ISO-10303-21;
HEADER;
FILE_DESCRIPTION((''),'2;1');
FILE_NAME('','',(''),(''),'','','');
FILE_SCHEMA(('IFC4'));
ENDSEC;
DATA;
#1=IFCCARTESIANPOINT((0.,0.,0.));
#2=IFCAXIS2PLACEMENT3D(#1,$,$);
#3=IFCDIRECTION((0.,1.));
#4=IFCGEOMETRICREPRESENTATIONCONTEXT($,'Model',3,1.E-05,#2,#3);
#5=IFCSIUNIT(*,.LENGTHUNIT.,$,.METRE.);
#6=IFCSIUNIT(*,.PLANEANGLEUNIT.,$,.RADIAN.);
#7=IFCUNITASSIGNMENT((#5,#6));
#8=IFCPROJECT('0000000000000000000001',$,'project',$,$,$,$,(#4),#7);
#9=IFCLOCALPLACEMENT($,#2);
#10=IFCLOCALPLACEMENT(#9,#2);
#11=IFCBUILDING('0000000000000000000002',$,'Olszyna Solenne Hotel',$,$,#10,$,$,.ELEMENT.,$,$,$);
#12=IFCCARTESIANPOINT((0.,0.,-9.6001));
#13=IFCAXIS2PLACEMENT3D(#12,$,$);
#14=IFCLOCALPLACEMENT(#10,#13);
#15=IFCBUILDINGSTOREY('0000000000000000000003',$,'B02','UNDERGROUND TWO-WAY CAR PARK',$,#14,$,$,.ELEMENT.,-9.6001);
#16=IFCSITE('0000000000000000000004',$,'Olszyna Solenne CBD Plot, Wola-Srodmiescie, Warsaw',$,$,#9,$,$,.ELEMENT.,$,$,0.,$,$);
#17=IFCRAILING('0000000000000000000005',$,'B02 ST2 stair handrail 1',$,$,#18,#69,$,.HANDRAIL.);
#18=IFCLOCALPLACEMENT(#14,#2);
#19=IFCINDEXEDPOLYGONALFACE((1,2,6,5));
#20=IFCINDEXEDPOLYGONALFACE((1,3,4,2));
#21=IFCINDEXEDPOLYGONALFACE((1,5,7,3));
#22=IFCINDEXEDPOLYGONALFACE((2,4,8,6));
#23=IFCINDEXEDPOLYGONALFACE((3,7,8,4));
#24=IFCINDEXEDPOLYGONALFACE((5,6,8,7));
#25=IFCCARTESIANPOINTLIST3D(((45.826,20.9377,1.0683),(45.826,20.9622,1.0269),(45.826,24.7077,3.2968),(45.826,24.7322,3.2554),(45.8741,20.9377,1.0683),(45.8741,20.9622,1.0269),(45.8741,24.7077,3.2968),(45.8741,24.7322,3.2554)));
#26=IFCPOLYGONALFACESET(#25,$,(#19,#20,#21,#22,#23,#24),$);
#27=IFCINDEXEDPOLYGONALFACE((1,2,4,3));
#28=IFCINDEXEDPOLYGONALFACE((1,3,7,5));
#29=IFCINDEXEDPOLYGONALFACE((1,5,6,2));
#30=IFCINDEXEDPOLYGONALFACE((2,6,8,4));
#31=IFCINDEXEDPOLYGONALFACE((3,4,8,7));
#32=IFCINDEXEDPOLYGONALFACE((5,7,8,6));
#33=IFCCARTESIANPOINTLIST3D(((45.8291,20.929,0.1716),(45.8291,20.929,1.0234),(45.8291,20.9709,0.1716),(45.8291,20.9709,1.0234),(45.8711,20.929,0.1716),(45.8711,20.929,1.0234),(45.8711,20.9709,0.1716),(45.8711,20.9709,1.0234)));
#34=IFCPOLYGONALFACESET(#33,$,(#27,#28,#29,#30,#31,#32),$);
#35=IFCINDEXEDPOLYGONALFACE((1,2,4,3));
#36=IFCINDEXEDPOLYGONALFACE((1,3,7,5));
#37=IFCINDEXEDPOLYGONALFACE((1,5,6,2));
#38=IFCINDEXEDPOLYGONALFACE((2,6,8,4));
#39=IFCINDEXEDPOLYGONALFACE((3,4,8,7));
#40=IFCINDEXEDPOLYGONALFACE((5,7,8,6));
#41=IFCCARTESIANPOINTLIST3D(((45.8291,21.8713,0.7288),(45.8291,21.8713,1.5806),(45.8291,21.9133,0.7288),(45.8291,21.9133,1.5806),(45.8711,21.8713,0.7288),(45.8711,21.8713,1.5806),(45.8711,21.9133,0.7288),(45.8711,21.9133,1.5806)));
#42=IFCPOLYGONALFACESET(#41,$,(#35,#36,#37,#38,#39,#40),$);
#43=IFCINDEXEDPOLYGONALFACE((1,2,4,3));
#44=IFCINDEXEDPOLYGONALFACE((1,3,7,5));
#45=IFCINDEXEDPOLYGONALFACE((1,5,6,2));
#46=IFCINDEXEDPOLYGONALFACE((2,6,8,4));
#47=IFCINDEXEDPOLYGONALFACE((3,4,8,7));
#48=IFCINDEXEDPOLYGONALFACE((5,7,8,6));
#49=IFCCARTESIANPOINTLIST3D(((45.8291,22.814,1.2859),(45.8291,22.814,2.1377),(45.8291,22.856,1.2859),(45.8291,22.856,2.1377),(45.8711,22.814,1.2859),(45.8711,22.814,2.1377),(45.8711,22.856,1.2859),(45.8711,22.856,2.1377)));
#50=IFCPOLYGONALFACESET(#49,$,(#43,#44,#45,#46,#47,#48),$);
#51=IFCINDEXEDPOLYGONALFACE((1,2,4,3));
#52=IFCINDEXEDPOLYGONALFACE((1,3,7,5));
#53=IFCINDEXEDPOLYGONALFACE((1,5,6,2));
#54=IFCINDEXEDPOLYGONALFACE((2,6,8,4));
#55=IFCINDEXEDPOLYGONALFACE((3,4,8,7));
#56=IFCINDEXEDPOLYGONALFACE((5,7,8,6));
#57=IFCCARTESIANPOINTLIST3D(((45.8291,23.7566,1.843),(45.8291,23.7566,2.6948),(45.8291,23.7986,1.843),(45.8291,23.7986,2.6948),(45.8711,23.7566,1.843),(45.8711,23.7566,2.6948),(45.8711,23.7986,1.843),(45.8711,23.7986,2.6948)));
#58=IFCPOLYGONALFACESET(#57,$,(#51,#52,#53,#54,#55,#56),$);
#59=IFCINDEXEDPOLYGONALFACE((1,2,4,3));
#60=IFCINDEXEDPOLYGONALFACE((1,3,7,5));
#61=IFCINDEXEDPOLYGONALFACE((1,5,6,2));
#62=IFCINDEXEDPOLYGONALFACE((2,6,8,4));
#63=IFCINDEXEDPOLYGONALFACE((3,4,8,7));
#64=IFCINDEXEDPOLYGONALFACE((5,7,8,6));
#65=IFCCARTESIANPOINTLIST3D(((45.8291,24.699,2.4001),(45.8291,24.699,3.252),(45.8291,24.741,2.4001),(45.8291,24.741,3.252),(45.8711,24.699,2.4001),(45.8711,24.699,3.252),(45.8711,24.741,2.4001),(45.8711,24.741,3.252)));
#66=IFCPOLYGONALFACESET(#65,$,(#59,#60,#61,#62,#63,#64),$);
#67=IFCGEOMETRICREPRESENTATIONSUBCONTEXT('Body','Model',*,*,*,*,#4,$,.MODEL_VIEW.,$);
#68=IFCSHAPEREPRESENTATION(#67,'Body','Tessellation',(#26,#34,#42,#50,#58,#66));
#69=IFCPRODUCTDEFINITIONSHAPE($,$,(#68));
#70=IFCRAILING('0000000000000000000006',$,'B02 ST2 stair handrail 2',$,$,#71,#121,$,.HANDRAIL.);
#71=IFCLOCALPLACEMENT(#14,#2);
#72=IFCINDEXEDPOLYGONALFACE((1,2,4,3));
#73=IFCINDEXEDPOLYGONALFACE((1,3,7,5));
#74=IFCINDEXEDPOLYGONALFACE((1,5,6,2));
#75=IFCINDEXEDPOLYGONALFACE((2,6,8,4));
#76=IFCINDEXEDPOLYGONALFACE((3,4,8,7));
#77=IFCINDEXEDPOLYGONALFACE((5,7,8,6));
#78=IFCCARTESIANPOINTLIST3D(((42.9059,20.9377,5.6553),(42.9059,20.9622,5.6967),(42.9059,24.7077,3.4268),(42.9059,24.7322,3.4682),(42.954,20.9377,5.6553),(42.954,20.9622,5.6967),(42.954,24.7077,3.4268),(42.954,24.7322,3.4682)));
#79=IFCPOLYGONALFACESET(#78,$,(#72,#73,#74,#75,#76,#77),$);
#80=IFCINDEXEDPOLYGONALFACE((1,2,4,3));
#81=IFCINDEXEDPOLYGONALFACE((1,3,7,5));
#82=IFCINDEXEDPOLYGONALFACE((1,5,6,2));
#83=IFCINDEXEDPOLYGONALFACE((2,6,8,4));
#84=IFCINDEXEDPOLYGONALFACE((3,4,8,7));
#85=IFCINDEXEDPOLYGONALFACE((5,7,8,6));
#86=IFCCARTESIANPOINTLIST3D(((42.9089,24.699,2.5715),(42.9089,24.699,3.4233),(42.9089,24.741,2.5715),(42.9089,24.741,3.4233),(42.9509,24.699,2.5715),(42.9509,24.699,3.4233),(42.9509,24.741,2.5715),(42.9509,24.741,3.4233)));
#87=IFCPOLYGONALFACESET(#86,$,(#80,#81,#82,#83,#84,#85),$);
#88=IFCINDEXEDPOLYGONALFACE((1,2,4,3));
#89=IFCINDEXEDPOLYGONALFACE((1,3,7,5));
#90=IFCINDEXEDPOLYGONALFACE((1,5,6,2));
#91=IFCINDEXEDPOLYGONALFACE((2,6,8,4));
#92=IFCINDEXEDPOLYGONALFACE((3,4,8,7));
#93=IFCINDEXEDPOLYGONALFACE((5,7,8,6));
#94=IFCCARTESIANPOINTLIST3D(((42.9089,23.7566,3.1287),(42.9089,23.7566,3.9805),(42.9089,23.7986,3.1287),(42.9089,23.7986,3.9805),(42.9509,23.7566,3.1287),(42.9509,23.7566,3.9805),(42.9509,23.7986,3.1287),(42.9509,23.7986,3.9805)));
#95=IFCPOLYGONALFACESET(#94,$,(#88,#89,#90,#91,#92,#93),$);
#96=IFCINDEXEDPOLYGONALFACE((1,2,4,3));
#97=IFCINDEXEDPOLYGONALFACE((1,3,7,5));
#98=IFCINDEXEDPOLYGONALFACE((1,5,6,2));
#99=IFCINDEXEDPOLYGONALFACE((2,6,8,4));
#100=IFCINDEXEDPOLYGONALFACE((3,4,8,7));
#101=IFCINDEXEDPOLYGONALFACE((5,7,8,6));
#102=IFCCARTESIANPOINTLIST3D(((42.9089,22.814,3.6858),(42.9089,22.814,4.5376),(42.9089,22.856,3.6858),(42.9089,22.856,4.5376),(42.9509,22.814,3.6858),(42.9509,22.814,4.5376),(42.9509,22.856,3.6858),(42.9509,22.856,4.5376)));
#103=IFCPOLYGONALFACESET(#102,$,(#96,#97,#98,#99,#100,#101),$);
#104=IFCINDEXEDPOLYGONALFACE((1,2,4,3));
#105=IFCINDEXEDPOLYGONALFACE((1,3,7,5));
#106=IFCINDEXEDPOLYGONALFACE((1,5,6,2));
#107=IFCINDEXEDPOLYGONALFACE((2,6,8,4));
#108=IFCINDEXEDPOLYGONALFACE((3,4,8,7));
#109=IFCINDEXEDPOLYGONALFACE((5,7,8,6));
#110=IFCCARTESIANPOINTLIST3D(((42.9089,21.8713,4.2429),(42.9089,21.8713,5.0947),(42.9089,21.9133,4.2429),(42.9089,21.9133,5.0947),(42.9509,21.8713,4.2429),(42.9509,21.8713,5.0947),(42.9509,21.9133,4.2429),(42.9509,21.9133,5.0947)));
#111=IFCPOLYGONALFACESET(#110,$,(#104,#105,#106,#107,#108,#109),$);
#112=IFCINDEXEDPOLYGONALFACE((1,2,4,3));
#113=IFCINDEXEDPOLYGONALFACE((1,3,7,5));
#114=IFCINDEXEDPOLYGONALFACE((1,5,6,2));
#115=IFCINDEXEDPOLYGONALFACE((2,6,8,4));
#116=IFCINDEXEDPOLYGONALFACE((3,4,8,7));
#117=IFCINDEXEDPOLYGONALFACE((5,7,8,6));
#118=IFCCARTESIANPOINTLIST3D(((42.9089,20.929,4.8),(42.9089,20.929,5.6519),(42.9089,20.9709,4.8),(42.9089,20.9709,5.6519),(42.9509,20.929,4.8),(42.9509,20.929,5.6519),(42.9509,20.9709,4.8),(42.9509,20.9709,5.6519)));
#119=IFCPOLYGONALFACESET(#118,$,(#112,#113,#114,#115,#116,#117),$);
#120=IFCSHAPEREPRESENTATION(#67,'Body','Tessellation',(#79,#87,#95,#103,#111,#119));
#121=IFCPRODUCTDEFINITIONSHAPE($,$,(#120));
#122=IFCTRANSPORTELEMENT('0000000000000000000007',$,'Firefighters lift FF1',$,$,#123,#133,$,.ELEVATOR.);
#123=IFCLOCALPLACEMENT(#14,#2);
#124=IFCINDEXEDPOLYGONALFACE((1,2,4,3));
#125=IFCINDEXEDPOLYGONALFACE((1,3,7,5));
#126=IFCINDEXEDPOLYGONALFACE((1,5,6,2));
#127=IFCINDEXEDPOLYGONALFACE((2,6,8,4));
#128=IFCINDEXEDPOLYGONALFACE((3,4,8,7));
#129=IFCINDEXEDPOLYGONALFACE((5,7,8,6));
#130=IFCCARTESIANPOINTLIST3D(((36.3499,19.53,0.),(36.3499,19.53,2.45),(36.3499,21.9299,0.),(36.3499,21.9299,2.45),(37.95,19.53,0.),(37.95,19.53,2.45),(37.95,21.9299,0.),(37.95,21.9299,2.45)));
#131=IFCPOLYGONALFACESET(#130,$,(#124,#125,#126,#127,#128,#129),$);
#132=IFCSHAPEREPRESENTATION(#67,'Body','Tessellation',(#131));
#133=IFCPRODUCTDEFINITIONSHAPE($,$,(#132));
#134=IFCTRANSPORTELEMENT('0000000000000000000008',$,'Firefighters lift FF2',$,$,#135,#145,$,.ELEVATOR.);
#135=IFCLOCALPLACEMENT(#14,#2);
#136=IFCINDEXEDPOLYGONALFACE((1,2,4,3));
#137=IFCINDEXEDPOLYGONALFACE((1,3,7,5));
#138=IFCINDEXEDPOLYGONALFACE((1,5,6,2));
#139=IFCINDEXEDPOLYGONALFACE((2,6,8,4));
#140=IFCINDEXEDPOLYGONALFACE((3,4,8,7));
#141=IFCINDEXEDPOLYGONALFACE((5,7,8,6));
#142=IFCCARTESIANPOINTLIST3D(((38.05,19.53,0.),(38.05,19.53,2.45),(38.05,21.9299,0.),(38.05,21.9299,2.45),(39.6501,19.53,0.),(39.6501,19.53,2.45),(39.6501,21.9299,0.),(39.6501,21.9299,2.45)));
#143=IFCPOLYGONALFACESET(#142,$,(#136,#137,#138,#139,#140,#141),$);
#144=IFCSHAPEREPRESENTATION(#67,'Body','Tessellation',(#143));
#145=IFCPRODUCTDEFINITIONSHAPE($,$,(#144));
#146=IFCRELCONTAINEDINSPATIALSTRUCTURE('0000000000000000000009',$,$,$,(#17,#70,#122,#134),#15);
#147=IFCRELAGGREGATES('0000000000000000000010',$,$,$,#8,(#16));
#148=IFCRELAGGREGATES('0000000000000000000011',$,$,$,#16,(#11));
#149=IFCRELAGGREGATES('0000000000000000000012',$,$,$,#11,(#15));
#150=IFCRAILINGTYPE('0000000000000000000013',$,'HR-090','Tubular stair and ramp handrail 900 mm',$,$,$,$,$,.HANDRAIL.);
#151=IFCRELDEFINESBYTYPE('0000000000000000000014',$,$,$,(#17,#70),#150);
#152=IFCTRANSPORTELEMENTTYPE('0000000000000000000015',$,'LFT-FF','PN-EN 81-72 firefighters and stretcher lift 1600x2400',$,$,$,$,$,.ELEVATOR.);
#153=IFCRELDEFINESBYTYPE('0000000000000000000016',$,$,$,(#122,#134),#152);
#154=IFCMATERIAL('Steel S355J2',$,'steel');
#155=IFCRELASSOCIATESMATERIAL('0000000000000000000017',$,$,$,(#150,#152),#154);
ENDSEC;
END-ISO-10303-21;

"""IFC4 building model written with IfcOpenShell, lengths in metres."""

from ifc_helpers import new_model, si_unit, direction, frame, origin, origin_2d, place, context, subcontext, project, spatial, rectangle, extrude, source, transform, mapped, material, type_object, element, save


model = new_model("IFC4")

# Units and contexts
model_context = context("Model", 3, precision=1e-05, world=origin(), true_north=direction((0.0, 1.0)))
body_context = subcontext(model_context, "Body", "Model", "MODEL_VIEW")
ifc_project = project(units=[si_unit("LENGTHUNIT", "METRE"), si_unit("PLANEANGLEUNIT", "RADIAN")], contexts=[model_context])

# Site, building, storey
site_placement = place(None, origin())
site = spatial("IfcSite", under=ifc_project, at=site_placement, Name="Olszyna Solenne CBD Plot, Wola-Srodmiescie, Warsaw", CompositionType="ELEMENT", RefElevation=0.0)
building_placement = place(site_placement, origin())
building = spatial("IfcBuilding", under=site, at=building_placement, Name="Olszyna Solenne Hotel", CompositionType="ELEMENT")
storey_placement = place(building_placement, frame((0.0, 0.0, -9.6001)))
storey = spatial("IfcBuildingStorey", under=building, at=storey_placement, Name="B02", Description="UNDERGROUND TWO-WAY CAR PARK", CompositionType="ELEMENT", Elevation=-9.6001)

# Shared definitions
ifc_material_1 = material(Name="Steel S355J2", Category="steel")

# Railings
railing_type_1 = type_object("IfcRailingType", Name="HR-090", Description="Tubular stair and ramp handrail 900 mm", PredefinedType="HANDRAIL", material=ifc_material_1)
for number, where, name in (
    (1, (45.8501, 20.95, 0.1716), "B02 ST2 stair handrail 1"),
):
    element("IfcRailing", number, at=place(storey_placement, frame(where)), inside=storey, type_object=railing_type_1, Name=name, PredefinedType="HANDRAIL", context=body_context, shape_type="SweptSolid", body=[
        extrude(rectangle(XDim=0.0481, YDim=0.0481, at=origin_2d()), frame((0.0, 0.0, 0.876), z_axis=(0.0, 0.860849, 0.508861), x_axis=(-1.0, 0.0, 0.0)), (0.0, 0.0, 1.0), 4.3794),
        extrude(rectangle(XDim=0.042, YDim=0.042, at=origin_2d()), origin(), (0.0, 0.0, 1.0), 0.8518),
        extrude(rectangle(XDim=0.042, YDim=0.042, at=origin_2d()), frame((0.0, 0.9424, 0.5571)), (0.0, 0.0, 1.0), 0.8518),
        extrude(rectangle(XDim=0.042, YDim=0.042, at=origin_2d()), frame((0.0, 1.885, 1.1143)), (0.0, 0.0, 1.0), 0.8518),
        extrude(rectangle(XDim=0.042, YDim=0.042, at=origin_2d()), frame((0.0, 2.8276, 1.6714)), (0.0, 0.0, 1.0), 0.8518),
        extrude(rectangle(XDim=0.042, YDim=0.042, at=origin_2d()), frame((0.0, 3.77, 2.2285)), (0.0, 0.0, 1.0), 0.8518),
    ])
railing_1_placement = place(storey_placement, frame((42.9299, 24.72, 2.5715)))
element("IfcRailing", 2, at=railing_1_placement, inside=storey, type_object=railing_type_1, Name="B02 ST2 stair handrail 2", PredefinedType="HANDRAIL", context=body_context, shape_type="SweptSolid", body=[
    extrude(rectangle(XDim=0.0481, YDim=0.0481, at=origin_2d()), frame((0.0, 0.0, 0.876), z_axis=(0.0, -0.860849, 0.508861), x_axis=(1.0, 0.0, 0.0)), (0.0, 0.0, 1.0), 4.3794),
    extrude(rectangle(XDim=0.042, YDim=0.042, at=origin_2d()), origin(), (0.0, 0.0, 1.0), 0.8518),
    extrude(rectangle(XDim=0.042, YDim=0.042, at=origin_2d()), frame((0.0, -0.9424, 0.5571)), (0.0, 0.0, 1.0), 0.8518),
    extrude(rectangle(XDim=0.042, YDim=0.042, at=origin_2d()), frame((0.0, -1.885, 1.1143)), (0.0, 0.0, 1.0), 0.8518),
    extrude(rectangle(XDim=0.042, YDim=0.042, at=origin_2d()), frame((0.0, -2.8276, 1.6714)), (0.0, 0.0, 1.0), 0.8518),
    extrude(rectangle(XDim=0.042, YDim=0.042, at=origin_2d()), frame((0.0, -3.77, 2.2285)), (0.0, 0.0, 1.0), 0.8518),
])

# Transport elements
transport_element_type = type_object("IfcTransportElementType", Name="LFT-FF", Description="PN-EN 81-72 firefighters and stretcher lift 1600x2400", PredefinedType="ELEVATOR", material=ifc_material_1)
shared_shape_1 = source(origin(), body_context, "Body", "SweptSolid", [
    extrude(rectangle(XDim=1.6001, YDim=2.3999, at=origin_2d()), origin(), (0.0, 0.0, 1.0), 2.45),
])
for number, where, z_axis, x_axis, name in (
    (3, (37.1499, 20.73, 0.0), (0.0, 0.0, 1.0), (1.0, 0.0, 0.0), "Firefighters lift FF1"),
    (4, (38.8501, 20.73, 0.0), (0.0, 0.0, 1.0), (1.0, 0.0, 0.0), "Firefighters lift FF2"),
):
    element("IfcTransportElement", number, at=place(storey_placement, frame(where, z_axis=z_axis, x_axis=x_axis)), inside=storey, type_object=transport_element_type, Name=name, PredefinedType="ELEVATOR", context=body_context, shape_type="MappedRepresentation", body=[
        mapped(shared_shape_1, transform((0.0, 0.0, 0.0), x_axis=(1.0, 0.0, 0.0), y_axis=(0.0, 1.0, 0.0), z_axis=(0.0, 0.0, 1.0), scale=1.0)),
    ])

save(model, "model.ifc")
